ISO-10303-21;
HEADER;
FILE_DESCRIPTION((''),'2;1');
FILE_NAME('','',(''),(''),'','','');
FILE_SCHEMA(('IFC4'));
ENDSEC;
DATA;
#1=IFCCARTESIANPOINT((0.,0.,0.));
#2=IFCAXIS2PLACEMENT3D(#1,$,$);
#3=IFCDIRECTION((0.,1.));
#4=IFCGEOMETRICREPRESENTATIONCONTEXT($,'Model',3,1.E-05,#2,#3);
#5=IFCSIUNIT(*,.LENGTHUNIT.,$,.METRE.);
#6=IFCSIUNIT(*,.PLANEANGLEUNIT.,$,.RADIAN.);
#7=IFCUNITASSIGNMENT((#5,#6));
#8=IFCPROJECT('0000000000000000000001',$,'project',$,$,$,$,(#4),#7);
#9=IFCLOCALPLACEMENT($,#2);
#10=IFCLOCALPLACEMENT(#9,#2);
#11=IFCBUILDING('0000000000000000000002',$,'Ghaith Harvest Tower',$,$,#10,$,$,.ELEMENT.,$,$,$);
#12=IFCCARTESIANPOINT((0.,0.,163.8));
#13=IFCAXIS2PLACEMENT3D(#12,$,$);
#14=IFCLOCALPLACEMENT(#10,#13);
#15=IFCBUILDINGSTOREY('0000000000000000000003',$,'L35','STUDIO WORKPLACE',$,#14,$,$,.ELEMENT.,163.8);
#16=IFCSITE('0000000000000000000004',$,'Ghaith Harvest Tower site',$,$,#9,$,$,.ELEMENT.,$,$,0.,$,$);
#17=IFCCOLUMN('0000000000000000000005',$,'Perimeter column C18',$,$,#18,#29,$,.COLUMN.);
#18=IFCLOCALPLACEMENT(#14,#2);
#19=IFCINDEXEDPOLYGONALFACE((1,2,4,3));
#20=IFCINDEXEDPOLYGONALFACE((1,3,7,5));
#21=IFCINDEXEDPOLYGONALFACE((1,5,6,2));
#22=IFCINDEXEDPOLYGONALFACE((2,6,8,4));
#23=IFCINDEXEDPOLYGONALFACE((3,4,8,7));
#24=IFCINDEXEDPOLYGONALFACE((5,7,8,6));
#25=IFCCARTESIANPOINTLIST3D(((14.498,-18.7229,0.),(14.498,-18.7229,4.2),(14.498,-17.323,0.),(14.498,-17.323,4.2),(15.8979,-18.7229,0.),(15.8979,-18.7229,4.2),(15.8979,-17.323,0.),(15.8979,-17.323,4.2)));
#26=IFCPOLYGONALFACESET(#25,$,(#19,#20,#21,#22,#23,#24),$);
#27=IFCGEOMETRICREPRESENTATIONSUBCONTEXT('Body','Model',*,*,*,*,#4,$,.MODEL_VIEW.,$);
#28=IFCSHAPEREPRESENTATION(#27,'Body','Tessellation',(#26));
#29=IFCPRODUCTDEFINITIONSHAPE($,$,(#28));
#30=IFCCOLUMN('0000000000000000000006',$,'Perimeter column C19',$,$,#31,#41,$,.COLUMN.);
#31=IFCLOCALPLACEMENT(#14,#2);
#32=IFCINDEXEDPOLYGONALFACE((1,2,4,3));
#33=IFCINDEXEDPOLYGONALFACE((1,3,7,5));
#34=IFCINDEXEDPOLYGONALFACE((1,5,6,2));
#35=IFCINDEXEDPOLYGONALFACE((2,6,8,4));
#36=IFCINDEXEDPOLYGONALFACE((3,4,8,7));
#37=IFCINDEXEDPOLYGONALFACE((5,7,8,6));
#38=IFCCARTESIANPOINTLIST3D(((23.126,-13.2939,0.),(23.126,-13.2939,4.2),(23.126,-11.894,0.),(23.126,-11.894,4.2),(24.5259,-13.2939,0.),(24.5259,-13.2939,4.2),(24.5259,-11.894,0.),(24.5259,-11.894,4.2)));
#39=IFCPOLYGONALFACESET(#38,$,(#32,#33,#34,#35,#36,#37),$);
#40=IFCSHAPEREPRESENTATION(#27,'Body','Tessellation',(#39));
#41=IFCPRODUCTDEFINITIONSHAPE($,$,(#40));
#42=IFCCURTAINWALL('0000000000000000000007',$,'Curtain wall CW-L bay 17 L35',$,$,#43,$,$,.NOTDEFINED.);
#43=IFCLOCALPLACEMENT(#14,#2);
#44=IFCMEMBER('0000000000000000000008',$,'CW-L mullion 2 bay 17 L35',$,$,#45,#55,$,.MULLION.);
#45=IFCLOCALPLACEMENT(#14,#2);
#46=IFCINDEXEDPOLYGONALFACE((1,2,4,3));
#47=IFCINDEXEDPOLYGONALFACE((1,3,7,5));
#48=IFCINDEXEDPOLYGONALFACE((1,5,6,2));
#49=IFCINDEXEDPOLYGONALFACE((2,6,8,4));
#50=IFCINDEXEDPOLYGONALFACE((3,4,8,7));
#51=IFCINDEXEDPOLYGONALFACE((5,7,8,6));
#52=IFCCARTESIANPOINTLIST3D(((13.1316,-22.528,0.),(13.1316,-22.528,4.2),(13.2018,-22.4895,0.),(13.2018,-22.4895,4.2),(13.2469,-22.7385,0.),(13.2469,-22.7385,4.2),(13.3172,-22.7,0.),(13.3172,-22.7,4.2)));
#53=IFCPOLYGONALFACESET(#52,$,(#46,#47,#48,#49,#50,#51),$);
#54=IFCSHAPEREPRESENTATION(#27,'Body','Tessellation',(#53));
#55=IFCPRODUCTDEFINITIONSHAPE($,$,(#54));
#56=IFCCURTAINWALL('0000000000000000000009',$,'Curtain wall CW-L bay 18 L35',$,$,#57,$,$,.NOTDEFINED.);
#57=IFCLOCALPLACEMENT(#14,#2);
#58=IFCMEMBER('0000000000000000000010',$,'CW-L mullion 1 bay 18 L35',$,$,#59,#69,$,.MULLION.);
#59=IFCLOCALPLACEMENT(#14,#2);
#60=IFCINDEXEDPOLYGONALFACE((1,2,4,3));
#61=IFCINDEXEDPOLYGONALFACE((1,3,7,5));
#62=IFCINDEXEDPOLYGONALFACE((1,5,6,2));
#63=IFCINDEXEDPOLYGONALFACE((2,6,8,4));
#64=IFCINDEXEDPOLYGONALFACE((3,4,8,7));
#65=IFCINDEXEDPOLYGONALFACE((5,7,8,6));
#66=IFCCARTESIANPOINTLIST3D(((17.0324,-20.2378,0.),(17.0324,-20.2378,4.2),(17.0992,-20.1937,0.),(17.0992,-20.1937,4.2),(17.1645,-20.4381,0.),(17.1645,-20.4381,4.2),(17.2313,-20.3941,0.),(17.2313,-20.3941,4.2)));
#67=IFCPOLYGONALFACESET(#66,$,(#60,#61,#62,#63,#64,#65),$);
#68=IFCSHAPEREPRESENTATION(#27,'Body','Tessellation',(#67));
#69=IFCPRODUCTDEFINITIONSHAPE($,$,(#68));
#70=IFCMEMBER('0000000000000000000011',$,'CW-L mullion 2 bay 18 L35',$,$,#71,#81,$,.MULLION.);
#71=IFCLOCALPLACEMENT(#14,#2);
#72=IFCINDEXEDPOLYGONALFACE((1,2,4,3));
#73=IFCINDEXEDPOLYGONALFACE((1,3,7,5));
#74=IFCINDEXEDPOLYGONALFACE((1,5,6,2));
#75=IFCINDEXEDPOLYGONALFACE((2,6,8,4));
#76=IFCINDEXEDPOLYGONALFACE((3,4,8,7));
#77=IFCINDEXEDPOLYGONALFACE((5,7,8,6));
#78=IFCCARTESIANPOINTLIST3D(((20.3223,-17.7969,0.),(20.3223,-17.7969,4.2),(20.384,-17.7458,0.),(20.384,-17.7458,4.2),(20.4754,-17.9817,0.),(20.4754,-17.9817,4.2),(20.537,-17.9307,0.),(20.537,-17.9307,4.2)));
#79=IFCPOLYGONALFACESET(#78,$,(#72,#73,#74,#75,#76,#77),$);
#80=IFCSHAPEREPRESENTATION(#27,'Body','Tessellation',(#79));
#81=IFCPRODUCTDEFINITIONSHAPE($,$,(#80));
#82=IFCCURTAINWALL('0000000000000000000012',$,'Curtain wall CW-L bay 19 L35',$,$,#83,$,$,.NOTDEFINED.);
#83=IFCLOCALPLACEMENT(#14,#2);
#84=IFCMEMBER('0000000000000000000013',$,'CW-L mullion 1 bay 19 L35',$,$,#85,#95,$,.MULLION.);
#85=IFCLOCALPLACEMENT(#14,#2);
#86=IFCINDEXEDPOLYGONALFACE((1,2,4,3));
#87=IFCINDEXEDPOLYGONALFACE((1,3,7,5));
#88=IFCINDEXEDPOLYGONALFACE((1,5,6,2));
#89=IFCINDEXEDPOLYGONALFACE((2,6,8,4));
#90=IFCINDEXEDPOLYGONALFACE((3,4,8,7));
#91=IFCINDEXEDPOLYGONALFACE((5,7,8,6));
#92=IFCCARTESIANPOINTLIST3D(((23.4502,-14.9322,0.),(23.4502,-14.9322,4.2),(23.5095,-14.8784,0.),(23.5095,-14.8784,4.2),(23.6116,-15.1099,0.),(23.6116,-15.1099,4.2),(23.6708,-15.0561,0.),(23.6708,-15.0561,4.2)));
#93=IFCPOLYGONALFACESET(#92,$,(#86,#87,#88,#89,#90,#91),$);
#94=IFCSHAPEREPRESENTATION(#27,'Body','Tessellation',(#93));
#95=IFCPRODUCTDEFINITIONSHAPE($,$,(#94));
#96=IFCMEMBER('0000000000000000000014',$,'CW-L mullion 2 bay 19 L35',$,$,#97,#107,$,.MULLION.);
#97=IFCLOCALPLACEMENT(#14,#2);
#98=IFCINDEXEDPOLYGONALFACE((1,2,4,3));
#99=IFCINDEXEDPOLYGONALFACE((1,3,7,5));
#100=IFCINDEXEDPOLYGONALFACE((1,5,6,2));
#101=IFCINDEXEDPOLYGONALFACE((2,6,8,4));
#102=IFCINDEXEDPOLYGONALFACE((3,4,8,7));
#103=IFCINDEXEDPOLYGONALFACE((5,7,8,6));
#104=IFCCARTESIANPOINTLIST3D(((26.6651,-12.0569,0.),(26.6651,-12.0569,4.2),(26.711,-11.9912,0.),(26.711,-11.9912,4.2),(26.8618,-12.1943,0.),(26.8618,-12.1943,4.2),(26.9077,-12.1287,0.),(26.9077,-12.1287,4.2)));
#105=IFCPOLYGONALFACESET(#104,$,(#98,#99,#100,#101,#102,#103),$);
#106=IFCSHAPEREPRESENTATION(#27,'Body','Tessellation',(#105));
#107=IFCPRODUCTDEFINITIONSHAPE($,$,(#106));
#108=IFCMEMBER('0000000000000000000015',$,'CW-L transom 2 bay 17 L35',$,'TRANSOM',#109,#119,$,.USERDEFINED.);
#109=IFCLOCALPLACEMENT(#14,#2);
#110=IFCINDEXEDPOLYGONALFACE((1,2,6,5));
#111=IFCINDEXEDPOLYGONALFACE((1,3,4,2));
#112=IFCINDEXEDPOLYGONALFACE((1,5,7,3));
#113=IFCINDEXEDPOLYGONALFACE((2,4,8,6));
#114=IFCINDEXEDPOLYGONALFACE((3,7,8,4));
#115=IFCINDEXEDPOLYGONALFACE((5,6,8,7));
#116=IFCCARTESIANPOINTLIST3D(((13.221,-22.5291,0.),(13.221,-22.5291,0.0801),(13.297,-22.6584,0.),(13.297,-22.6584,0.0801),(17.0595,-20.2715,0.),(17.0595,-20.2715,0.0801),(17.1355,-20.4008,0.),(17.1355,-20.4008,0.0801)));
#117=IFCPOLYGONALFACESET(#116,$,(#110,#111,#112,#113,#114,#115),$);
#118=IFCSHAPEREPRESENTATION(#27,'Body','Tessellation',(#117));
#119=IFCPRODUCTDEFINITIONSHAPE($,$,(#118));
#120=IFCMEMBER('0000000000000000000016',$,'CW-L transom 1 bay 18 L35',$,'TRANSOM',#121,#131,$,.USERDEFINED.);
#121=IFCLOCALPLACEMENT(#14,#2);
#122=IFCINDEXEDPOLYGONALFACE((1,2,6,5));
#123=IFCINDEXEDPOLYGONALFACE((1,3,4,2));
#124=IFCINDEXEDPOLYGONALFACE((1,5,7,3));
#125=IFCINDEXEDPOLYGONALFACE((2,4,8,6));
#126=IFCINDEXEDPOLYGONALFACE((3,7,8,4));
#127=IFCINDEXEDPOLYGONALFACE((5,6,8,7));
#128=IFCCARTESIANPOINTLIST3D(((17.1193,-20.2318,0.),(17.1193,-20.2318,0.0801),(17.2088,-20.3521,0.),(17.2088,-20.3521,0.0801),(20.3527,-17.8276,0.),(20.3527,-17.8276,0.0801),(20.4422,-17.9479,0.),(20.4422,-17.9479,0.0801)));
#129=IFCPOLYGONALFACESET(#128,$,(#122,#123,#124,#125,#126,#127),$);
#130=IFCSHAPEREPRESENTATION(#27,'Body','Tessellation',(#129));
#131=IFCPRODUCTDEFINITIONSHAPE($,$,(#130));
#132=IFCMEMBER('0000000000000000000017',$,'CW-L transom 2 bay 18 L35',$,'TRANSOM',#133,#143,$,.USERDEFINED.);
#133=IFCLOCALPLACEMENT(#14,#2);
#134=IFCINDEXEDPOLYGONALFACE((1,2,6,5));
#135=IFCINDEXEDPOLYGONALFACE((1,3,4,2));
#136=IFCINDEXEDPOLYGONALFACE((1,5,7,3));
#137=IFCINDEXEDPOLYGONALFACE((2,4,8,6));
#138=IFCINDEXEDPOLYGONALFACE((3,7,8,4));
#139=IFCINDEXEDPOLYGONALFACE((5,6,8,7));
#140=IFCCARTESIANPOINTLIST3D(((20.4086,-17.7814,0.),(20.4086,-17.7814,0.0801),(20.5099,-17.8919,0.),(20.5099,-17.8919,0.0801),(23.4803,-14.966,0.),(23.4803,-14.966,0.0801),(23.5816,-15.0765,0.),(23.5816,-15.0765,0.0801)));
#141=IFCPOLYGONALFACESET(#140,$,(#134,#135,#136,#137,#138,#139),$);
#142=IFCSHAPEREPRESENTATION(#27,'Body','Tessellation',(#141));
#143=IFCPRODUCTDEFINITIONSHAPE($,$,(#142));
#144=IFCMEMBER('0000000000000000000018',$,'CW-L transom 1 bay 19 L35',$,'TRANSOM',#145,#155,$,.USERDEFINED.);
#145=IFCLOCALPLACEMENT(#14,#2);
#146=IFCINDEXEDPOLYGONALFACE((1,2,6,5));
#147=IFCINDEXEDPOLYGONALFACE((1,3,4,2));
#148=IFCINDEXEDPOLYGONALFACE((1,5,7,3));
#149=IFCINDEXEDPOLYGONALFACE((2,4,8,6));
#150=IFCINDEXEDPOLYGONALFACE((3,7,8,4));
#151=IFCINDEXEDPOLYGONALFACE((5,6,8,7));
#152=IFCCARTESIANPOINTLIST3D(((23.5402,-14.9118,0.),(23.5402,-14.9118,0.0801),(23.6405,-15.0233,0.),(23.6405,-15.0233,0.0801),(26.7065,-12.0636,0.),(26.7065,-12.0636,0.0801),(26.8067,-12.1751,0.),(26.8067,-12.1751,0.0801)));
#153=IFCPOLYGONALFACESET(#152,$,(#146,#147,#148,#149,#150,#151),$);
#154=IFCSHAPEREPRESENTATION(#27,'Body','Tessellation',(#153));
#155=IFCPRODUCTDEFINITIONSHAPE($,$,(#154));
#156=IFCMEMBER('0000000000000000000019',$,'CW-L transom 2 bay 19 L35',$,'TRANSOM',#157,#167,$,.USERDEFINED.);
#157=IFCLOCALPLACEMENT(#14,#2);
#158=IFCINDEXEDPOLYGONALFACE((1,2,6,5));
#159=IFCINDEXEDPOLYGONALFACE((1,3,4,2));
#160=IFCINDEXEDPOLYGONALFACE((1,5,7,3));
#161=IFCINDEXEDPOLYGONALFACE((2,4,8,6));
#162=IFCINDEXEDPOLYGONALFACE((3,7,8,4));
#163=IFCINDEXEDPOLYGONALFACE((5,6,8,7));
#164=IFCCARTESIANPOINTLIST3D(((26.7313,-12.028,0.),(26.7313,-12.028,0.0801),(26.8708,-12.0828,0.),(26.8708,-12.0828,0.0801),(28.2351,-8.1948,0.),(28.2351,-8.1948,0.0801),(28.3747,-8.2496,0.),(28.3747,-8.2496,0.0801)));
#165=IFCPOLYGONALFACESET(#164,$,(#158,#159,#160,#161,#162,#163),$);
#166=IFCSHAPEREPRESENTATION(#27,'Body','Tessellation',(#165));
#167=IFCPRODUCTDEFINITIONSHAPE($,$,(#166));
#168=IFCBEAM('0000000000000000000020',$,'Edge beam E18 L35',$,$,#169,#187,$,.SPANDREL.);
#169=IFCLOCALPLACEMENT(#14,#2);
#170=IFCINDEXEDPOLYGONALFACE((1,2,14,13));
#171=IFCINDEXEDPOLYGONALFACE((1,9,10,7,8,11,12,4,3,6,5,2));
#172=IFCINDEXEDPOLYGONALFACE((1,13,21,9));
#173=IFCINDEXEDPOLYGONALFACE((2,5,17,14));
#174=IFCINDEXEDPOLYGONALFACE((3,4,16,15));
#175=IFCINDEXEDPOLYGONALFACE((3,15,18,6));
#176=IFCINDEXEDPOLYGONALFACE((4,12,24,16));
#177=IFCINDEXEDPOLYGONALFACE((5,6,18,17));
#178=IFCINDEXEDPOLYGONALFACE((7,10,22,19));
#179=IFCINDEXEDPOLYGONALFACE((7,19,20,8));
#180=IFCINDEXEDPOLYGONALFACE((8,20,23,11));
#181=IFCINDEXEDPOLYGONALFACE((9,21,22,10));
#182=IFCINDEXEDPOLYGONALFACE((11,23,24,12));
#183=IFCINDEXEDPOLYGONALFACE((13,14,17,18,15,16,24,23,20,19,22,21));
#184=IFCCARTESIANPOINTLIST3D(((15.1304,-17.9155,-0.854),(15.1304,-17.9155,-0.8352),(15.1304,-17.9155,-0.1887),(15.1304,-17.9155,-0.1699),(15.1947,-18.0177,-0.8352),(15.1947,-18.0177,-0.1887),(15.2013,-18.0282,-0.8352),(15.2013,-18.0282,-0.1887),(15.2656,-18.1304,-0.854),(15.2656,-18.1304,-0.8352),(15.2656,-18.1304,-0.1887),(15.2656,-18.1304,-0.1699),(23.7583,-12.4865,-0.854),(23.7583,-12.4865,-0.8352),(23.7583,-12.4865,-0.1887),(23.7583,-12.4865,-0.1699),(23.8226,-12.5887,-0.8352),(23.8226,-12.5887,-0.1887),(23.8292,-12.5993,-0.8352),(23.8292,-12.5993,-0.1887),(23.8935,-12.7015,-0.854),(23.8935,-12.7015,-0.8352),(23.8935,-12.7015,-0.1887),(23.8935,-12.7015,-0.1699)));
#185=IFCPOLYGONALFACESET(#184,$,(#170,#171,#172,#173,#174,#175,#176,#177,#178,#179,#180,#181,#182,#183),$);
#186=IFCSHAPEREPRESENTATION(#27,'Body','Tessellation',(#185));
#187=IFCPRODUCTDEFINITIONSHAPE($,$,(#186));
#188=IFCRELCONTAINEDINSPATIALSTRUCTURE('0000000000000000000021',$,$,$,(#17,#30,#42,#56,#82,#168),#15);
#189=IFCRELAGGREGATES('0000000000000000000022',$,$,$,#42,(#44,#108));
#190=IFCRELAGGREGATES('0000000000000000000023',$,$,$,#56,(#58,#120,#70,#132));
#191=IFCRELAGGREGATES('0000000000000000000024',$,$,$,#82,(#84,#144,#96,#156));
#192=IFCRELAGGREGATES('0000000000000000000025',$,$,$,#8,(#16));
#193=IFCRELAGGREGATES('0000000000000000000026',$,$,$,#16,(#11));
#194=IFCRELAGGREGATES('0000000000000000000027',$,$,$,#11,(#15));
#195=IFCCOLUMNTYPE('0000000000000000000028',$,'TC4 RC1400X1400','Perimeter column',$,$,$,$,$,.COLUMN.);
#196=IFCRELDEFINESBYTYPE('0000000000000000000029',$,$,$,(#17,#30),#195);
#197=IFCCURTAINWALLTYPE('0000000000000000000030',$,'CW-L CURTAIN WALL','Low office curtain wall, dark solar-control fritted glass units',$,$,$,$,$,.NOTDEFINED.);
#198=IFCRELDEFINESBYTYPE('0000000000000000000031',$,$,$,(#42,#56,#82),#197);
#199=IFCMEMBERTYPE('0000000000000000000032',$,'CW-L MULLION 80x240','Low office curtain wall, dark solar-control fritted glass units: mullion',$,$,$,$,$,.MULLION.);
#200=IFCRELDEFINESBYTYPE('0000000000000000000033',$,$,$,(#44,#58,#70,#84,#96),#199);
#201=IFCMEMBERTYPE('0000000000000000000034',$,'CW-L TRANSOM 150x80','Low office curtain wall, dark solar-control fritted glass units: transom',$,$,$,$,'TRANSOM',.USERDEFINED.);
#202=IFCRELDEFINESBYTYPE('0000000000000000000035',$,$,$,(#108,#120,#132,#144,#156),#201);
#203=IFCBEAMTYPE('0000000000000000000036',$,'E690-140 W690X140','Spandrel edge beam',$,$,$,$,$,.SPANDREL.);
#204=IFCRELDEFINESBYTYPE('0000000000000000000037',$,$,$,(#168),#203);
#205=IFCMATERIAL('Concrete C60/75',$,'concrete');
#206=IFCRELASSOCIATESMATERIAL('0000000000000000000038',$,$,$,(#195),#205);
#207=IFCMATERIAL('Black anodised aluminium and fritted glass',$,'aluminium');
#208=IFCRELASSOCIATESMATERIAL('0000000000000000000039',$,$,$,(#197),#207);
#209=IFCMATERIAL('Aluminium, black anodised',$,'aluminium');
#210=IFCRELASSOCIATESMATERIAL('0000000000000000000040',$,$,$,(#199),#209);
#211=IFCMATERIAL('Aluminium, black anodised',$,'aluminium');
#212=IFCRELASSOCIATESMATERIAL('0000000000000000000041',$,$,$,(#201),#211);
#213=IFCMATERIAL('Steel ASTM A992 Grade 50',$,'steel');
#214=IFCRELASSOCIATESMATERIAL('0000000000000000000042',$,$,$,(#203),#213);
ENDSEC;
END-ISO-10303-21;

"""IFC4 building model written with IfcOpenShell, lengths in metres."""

from ifc_helpers import new_model, si_unit, direction, frame, origin, origin_2d, place, context, subcontext, project, spatial, rectangle, i_section, extrude, material, material_profile, profile_set, type_object, element, aggregate, save


model = new_model("IFC4")

# Units and contexts
model_context = context("Model", 3, precision=1e-05, world=origin(), true_north=direction((0.0, 1.0)))
body_context = subcontext(model_context, "Body", "Model", "MODEL_VIEW")
ifc_project = project(units=[si_unit("LENGTHUNIT", "METRE"), si_unit("PLANEANGLEUNIT", "RADIAN")], contexts=[model_context])

# Site, building, storey
site_placement = place(None, origin())
site = spatial("IfcSite", under=ifc_project, at=site_placement, Name="Ghaith Harvest Tower site", CompositionType="ELEMENT", RefElevation=0.0)
building_placement = place(site_placement, origin())
building = spatial("IfcBuilding", under=site, at=building_placement, Name="Ghaith Harvest Tower", CompositionType="ELEMENT")
storey_placement = place(building_placement, frame((0.0, 0.0, 163.8)))
storey = spatial("IfcBuildingStorey", under=building, at=storey_placement, Name="L35", Description="STUDIO WORKPLACE", CompositionType="ELEMENT", Elevation=163.8)

# Columns
ifc_material_1 = material(Name="Concrete C60/75", Category="concrete")
ifc_material_profile_1 = material_profile(ifc_material_1, rectangle(XDim=1.3999, YDim=1.3999, at=origin_2d()), Name="RC1400X1400")
ifc_profile_set_1 = profile_set([ifc_material_profile_1], Name="Concrete C60/75")
column_type = type_object("IfcColumnType", Name="TC4 RC1400X1400", Description="Perimeter column", PredefinedType="COLUMN", material=ifc_profile_set_1)
for number, where, z_axis, x_axis, name in (
    (1, (15.198, -18.0229, 0.0), (0.0, 0.0, 1.0), (1.0, 0.0, 0.0), "Perimeter column C18"),
    (2, (23.8259, -12.594, 0.0), (0.0, 0.0, 1.0), (1.0, 0.0, 0.0), "Perimeter column C19"),
):
    element("IfcColumn", number, at=place(storey_placement, frame(where, z_axis=z_axis, x_axis=x_axis)), inside=storey, type_object=column_type, Name=name, PredefinedType="COLUMN", context=body_context, shape_type="SweptSolid", body=[
        extrude(rectangle(XDim=1.3999, YDim=1.3999, at=origin_2d()), origin(), (0.0, 0.0, 1.0), 4.2),
    ])

# Curtain wall, member
ifc_material_2 = material(Name="Black anodised aluminium and fritted glass", Category="aluminium")
curtain_wall_type = type_object("IfcCurtainWallType", Name="CW-L CURTAIN WALL", Description="Low office curtain wall, dark solar-control fritted glass units", PredefinedType="NOTDEFINED", material=ifc_material_2)
curtain_wall_1_placement = place(storey_placement, origin())
curtain_wall_1 = element("IfcCurtainWall", 3, at=curtain_wall_1_placement, inside=storey, type_object=curtain_wall_type, Name="Curtain wall CW-L bay 17 L35", PredefinedType="NOTDEFINED")
ifc_material_3 = material(Name="Aluminium, black anodised", Category="aluminium")
ifc_material_profile_2 = material_profile(ifc_material_3, rectangle(XDim=0.0801, YDim=0.24, at=origin_2d()), Name="CW-L MULLION 80x240")
ifc_profile_set_2 = profile_set([ifc_material_profile_2], Name="Aluminium, black anodised")
member_type_1 = type_object("IfcMemberType", Name="CW-L MULLION 80x240", Description="Low office curtain wall, dark solar-control fritted glass units: mullion", PredefinedType="MULLION", material=ifc_profile_set_2)
member_1_placement = place(storey_placement, frame((13.2244, -22.614, 0.0), z_axis=(0.0, 0.0, 1.0), x_axis=(0.876899, 0.480675, 0.0)))
member_1 = element("IfcMember", 4, at=member_1_placement, type_object=member_type_1, Name="CW-L mullion 2 bay 17 L35", PredefinedType="MULLION", context=body_context, shape_type="SweptSolid", body=[
    extrude(rectangle(XDim=0.0801, YDim=0.24, at=origin_2d()), origin(), (0.0, 0.0, 1.0), 4.2),
])

# Curtain walls, members
curtain_wall_2_placement = place(storey_placement, origin())
curtain_wall_2 = element("IfcCurtainWall", 5, at=curtain_wall_2_placement, inside=storey, type_object=curtain_wall_type, Name="Curtain wall CW-L bay 18 L35", PredefinedType="NOTDEFINED")
member_2_placement = place(storey_placement, frame((17.1318, -20.3159, 0.0), z_axis=(0.0, 0.0, 1.0), x_axis=(0.834887, 0.550421, 0.0)))
member_2 = element("IfcMember", 6, at=member_2_placement, type_object=member_type_1, Name="CW-L mullion 1 bay 18 L35", PredefinedType="MULLION", context=body_context, shape_type="SweptSolid", body=[
    extrude(rectangle(XDim=0.0801, YDim=0.24, at=origin_2d()), origin(), (0.0, 0.0, 1.0), 4.2),
])
member_3_placement = place(storey_placement, frame((20.4297, -17.8638, 0.0), z_axis=(0.0, 0.0, 1.0), x_axis=(0.770306, 0.637674, 0.0)))
member_3 = element("IfcMember", 7, at=member_3_placement, type_object=member_type_1, Name="CW-L mullion 2 bay 18 L35", PredefinedType="MULLION", context=body_context, shape_type="SweptSolid", body=[
    extrude(rectangle(XDim=0.0801, YDim=0.24, at=origin_2d()), origin(), (0.0, 0.0, 1.0), 4.2),
])
curtain_wall_3_placement = place(storey_placement, origin())
curtain_wall_3 = element("IfcCurtainWall", 8, at=curtain_wall_3_placement, inside=storey, type_object=curtain_wall_type, Name="Curtain wall CW-L bay 19 L35", PredefinedType="NOTDEFINED")
member_4_placement = place(storey_placement, frame((23.5605, -14.9941, 0.0), z_axis=(0.0, 0.0, 1.0), x_axis=(0.740389, 0.672179, 0.0)))
member_4 = element("IfcMember", 9, at=member_4_placement, type_object=member_type_1, Name="CW-L mullion 1 bay 19 L35", PredefinedType="MULLION", context=body_context, shape_type="SweptSolid", body=[
    extrude(rectangle(XDim=0.0801, YDim=0.24, at=origin_2d()), origin(), (0.0, 0.0, 1.0), 4.2),
])
member_5_placement = place(storey_placement, frame((26.7864, -12.0928, 0.0), z_axis=(0.0, 0.0, 1.0), x_axis=(0.572853, 0.819658, 0.0)))
member_5 = element("IfcMember", 10, at=member_5_placement, type_object=member_type_1, Name="CW-L mullion 2 bay 19 L35", PredefinedType="MULLION", context=body_context, shape_type="SweptSolid", body=[
    extrude(rectangle(XDim=0.0801, YDim=0.24, at=origin_2d()), origin(), (0.0, 0.0, 1.0), 4.2),
])

# Members
ifc_material_4 = material(Name="Aluminium, black anodised", Category="aluminium")
ifc_material_profile_3 = material_profile(ifc_material_4, rectangle(XDim=0.1499, YDim=0.0801, at=origin_2d()), Name="CW-L TRANSOM 150x80")
ifc_profile_set_3 = profile_set([ifc_material_profile_3], Name="Aluminium, black anodised")
member_type_2 = type_object("IfcMemberType", Name="CW-L TRANSOM 150x80", Description="Low office curtain wall, dark solar-control fritted glass units: transom", ElementType="TRANSOM", PredefinedType="USERDEFINED", material=ifc_profile_set_3)
member_6_placement = place(storey_placement, frame((13.259, -22.5938, 0.04), z_axis=(0.861964, 0.50697, 0.0), x_axis=(-0.50697, 0.861964, 0.0)))
member_6 = element("IfcMember", 11, at=member_6_placement, type_object=member_type_2, Name="CW-L transom 2 bay 17 L35", ObjectType="TRANSOM", PredefinedType="USERDEFINED", context=body_context, shape_type="SweptSolid", body=[
    extrude(rectangle(XDim=0.1499, YDim=0.0801, at=origin_2d()), origin(), (0.0, 0.0, 1.0), 4.4531),
])
member_7_placement = place(storey_placement, frame((17.1641, -20.292, 0.04), z_axis=(0.802465, 0.596699, 0.0), x_axis=(-0.596699, 0.802465, 0.0)))
member_7 = element("IfcMember", 12, at=member_7_placement, type_object=member_type_2, Name="CW-L transom 1 bay 18 L35", ObjectType="TRANSOM", PredefinedType="USERDEFINED", context=body_context, shape_type="SweptSolid", body=[
    extrude(rectangle(XDim=0.1499, YDim=0.0801, at=origin_2d()), origin(), (0.0, 0.0, 1.0), 4.0293),
])
member_8_placement = place(storey_placement, frame((20.4592, -17.8367, 0.04), z_axis=(0.737198, 0.675677, 0.0), x_axis=(-0.675677, 0.737198, 0.0)))
member_8 = element("IfcMember", 13, at=member_8_placement, type_object=member_type_2, Name="CW-L transom 2 bay 18 L35", ObjectType="TRANSOM", PredefinedType="USERDEFINED", context=body_context, shape_type="SweptSolid", body=[
    extrude(rectangle(XDim=0.1499, YDim=0.0801, at=origin_2d()), origin(), (0.0, 0.0, 1.0), 4.1667),
])
member_9_placement = place(storey_placement, frame((23.5903, -14.9675, 0.04), z_axis=(0.743468, 0.668772, 0.0), x_axis=(-0.668772, 0.743468, 0.0)))
member_9 = element("IfcMember", 14, at=member_9_placement, type_object=member_type_2, Name="CW-L transom 1 bay 19 L35", ObjectType="TRANSOM", PredefinedType="USERDEFINED", context=body_context, shape_type="SweptSolid", body=[
    extrude(rectangle(XDim=0.1499, YDim=0.0801, at=origin_2d()), origin(), (0.0, 0.0, 1.0), 4.2588),
])
member_10_placement = place(storey_placement, frame((26.801, -12.0554, 0.04), z_axis=(0.365229, 0.930918, 0.0), x_axis=(-0.930918, 0.365229, 0.0)))
member_10 = element("IfcMember", 15, at=member_10_placement, type_object=member_type_2, Name="CW-L transom 2 bay 19 L35", ObjectType="TRANSOM", PredefinedType="USERDEFINED", context=body_context, shape_type="SweptSolid", body=[
    extrude(rectangle(XDim=0.1499, YDim=0.0801, at=origin_2d()), origin(), (0.0, 0.0, 1.0), 4.1177),
])

# Beam
ifc_material_5 = material(Name="Steel ASTM A992 Grade 50", Category="steel")
ifc_material_profile_4 = material_profile(ifc_material_5, i_section(OverallWidth=0.2539, OverallDepth=0.6841, WebThickness=0.0125, FlangeThickness=0.0188, at=origin_2d()), Name="W690X140")
ifc_profile_set_4 = profile_set([ifc_material_profile_4], Name="Steel ASTM A992 Grade 50")
beam_type = type_object("IfcBeamType", Name="E690-140 W690X140", Description="Spandrel edge beam", PredefinedType="SPANDREL", material=ifc_profile_set_4)
beam_1_placement = place(storey_placement, frame((15.198, -18.0229, -0.512), z_axis=(0.846385, 0.532571, 0.0), x_axis=(-0.532571, 0.846385, 0.0)))
element("IfcBeam", 16, at=beam_1_placement, inside=storey, type_object=beam_type, Name="Edge beam E18 L35", PredefinedType="SPANDREL", context=body_context, shape_type="SweptSolid", body=[
    extrude(i_section(OverallWidth=0.2539, OverallDepth=0.6841, WebThickness=0.0125, FlangeThickness=0.0188, at=origin_2d()), origin(), (0.0, 0.0, 1.0), 10.1938),
])

aggregate(curtain_wall_1, [member_1, member_6])
aggregate(curtain_wall_2, [member_2, member_7, member_3, member_8])
aggregate(curtain_wall_3, [member_4, member_9, member_5, member_10])

save(model, "model.ifc")
